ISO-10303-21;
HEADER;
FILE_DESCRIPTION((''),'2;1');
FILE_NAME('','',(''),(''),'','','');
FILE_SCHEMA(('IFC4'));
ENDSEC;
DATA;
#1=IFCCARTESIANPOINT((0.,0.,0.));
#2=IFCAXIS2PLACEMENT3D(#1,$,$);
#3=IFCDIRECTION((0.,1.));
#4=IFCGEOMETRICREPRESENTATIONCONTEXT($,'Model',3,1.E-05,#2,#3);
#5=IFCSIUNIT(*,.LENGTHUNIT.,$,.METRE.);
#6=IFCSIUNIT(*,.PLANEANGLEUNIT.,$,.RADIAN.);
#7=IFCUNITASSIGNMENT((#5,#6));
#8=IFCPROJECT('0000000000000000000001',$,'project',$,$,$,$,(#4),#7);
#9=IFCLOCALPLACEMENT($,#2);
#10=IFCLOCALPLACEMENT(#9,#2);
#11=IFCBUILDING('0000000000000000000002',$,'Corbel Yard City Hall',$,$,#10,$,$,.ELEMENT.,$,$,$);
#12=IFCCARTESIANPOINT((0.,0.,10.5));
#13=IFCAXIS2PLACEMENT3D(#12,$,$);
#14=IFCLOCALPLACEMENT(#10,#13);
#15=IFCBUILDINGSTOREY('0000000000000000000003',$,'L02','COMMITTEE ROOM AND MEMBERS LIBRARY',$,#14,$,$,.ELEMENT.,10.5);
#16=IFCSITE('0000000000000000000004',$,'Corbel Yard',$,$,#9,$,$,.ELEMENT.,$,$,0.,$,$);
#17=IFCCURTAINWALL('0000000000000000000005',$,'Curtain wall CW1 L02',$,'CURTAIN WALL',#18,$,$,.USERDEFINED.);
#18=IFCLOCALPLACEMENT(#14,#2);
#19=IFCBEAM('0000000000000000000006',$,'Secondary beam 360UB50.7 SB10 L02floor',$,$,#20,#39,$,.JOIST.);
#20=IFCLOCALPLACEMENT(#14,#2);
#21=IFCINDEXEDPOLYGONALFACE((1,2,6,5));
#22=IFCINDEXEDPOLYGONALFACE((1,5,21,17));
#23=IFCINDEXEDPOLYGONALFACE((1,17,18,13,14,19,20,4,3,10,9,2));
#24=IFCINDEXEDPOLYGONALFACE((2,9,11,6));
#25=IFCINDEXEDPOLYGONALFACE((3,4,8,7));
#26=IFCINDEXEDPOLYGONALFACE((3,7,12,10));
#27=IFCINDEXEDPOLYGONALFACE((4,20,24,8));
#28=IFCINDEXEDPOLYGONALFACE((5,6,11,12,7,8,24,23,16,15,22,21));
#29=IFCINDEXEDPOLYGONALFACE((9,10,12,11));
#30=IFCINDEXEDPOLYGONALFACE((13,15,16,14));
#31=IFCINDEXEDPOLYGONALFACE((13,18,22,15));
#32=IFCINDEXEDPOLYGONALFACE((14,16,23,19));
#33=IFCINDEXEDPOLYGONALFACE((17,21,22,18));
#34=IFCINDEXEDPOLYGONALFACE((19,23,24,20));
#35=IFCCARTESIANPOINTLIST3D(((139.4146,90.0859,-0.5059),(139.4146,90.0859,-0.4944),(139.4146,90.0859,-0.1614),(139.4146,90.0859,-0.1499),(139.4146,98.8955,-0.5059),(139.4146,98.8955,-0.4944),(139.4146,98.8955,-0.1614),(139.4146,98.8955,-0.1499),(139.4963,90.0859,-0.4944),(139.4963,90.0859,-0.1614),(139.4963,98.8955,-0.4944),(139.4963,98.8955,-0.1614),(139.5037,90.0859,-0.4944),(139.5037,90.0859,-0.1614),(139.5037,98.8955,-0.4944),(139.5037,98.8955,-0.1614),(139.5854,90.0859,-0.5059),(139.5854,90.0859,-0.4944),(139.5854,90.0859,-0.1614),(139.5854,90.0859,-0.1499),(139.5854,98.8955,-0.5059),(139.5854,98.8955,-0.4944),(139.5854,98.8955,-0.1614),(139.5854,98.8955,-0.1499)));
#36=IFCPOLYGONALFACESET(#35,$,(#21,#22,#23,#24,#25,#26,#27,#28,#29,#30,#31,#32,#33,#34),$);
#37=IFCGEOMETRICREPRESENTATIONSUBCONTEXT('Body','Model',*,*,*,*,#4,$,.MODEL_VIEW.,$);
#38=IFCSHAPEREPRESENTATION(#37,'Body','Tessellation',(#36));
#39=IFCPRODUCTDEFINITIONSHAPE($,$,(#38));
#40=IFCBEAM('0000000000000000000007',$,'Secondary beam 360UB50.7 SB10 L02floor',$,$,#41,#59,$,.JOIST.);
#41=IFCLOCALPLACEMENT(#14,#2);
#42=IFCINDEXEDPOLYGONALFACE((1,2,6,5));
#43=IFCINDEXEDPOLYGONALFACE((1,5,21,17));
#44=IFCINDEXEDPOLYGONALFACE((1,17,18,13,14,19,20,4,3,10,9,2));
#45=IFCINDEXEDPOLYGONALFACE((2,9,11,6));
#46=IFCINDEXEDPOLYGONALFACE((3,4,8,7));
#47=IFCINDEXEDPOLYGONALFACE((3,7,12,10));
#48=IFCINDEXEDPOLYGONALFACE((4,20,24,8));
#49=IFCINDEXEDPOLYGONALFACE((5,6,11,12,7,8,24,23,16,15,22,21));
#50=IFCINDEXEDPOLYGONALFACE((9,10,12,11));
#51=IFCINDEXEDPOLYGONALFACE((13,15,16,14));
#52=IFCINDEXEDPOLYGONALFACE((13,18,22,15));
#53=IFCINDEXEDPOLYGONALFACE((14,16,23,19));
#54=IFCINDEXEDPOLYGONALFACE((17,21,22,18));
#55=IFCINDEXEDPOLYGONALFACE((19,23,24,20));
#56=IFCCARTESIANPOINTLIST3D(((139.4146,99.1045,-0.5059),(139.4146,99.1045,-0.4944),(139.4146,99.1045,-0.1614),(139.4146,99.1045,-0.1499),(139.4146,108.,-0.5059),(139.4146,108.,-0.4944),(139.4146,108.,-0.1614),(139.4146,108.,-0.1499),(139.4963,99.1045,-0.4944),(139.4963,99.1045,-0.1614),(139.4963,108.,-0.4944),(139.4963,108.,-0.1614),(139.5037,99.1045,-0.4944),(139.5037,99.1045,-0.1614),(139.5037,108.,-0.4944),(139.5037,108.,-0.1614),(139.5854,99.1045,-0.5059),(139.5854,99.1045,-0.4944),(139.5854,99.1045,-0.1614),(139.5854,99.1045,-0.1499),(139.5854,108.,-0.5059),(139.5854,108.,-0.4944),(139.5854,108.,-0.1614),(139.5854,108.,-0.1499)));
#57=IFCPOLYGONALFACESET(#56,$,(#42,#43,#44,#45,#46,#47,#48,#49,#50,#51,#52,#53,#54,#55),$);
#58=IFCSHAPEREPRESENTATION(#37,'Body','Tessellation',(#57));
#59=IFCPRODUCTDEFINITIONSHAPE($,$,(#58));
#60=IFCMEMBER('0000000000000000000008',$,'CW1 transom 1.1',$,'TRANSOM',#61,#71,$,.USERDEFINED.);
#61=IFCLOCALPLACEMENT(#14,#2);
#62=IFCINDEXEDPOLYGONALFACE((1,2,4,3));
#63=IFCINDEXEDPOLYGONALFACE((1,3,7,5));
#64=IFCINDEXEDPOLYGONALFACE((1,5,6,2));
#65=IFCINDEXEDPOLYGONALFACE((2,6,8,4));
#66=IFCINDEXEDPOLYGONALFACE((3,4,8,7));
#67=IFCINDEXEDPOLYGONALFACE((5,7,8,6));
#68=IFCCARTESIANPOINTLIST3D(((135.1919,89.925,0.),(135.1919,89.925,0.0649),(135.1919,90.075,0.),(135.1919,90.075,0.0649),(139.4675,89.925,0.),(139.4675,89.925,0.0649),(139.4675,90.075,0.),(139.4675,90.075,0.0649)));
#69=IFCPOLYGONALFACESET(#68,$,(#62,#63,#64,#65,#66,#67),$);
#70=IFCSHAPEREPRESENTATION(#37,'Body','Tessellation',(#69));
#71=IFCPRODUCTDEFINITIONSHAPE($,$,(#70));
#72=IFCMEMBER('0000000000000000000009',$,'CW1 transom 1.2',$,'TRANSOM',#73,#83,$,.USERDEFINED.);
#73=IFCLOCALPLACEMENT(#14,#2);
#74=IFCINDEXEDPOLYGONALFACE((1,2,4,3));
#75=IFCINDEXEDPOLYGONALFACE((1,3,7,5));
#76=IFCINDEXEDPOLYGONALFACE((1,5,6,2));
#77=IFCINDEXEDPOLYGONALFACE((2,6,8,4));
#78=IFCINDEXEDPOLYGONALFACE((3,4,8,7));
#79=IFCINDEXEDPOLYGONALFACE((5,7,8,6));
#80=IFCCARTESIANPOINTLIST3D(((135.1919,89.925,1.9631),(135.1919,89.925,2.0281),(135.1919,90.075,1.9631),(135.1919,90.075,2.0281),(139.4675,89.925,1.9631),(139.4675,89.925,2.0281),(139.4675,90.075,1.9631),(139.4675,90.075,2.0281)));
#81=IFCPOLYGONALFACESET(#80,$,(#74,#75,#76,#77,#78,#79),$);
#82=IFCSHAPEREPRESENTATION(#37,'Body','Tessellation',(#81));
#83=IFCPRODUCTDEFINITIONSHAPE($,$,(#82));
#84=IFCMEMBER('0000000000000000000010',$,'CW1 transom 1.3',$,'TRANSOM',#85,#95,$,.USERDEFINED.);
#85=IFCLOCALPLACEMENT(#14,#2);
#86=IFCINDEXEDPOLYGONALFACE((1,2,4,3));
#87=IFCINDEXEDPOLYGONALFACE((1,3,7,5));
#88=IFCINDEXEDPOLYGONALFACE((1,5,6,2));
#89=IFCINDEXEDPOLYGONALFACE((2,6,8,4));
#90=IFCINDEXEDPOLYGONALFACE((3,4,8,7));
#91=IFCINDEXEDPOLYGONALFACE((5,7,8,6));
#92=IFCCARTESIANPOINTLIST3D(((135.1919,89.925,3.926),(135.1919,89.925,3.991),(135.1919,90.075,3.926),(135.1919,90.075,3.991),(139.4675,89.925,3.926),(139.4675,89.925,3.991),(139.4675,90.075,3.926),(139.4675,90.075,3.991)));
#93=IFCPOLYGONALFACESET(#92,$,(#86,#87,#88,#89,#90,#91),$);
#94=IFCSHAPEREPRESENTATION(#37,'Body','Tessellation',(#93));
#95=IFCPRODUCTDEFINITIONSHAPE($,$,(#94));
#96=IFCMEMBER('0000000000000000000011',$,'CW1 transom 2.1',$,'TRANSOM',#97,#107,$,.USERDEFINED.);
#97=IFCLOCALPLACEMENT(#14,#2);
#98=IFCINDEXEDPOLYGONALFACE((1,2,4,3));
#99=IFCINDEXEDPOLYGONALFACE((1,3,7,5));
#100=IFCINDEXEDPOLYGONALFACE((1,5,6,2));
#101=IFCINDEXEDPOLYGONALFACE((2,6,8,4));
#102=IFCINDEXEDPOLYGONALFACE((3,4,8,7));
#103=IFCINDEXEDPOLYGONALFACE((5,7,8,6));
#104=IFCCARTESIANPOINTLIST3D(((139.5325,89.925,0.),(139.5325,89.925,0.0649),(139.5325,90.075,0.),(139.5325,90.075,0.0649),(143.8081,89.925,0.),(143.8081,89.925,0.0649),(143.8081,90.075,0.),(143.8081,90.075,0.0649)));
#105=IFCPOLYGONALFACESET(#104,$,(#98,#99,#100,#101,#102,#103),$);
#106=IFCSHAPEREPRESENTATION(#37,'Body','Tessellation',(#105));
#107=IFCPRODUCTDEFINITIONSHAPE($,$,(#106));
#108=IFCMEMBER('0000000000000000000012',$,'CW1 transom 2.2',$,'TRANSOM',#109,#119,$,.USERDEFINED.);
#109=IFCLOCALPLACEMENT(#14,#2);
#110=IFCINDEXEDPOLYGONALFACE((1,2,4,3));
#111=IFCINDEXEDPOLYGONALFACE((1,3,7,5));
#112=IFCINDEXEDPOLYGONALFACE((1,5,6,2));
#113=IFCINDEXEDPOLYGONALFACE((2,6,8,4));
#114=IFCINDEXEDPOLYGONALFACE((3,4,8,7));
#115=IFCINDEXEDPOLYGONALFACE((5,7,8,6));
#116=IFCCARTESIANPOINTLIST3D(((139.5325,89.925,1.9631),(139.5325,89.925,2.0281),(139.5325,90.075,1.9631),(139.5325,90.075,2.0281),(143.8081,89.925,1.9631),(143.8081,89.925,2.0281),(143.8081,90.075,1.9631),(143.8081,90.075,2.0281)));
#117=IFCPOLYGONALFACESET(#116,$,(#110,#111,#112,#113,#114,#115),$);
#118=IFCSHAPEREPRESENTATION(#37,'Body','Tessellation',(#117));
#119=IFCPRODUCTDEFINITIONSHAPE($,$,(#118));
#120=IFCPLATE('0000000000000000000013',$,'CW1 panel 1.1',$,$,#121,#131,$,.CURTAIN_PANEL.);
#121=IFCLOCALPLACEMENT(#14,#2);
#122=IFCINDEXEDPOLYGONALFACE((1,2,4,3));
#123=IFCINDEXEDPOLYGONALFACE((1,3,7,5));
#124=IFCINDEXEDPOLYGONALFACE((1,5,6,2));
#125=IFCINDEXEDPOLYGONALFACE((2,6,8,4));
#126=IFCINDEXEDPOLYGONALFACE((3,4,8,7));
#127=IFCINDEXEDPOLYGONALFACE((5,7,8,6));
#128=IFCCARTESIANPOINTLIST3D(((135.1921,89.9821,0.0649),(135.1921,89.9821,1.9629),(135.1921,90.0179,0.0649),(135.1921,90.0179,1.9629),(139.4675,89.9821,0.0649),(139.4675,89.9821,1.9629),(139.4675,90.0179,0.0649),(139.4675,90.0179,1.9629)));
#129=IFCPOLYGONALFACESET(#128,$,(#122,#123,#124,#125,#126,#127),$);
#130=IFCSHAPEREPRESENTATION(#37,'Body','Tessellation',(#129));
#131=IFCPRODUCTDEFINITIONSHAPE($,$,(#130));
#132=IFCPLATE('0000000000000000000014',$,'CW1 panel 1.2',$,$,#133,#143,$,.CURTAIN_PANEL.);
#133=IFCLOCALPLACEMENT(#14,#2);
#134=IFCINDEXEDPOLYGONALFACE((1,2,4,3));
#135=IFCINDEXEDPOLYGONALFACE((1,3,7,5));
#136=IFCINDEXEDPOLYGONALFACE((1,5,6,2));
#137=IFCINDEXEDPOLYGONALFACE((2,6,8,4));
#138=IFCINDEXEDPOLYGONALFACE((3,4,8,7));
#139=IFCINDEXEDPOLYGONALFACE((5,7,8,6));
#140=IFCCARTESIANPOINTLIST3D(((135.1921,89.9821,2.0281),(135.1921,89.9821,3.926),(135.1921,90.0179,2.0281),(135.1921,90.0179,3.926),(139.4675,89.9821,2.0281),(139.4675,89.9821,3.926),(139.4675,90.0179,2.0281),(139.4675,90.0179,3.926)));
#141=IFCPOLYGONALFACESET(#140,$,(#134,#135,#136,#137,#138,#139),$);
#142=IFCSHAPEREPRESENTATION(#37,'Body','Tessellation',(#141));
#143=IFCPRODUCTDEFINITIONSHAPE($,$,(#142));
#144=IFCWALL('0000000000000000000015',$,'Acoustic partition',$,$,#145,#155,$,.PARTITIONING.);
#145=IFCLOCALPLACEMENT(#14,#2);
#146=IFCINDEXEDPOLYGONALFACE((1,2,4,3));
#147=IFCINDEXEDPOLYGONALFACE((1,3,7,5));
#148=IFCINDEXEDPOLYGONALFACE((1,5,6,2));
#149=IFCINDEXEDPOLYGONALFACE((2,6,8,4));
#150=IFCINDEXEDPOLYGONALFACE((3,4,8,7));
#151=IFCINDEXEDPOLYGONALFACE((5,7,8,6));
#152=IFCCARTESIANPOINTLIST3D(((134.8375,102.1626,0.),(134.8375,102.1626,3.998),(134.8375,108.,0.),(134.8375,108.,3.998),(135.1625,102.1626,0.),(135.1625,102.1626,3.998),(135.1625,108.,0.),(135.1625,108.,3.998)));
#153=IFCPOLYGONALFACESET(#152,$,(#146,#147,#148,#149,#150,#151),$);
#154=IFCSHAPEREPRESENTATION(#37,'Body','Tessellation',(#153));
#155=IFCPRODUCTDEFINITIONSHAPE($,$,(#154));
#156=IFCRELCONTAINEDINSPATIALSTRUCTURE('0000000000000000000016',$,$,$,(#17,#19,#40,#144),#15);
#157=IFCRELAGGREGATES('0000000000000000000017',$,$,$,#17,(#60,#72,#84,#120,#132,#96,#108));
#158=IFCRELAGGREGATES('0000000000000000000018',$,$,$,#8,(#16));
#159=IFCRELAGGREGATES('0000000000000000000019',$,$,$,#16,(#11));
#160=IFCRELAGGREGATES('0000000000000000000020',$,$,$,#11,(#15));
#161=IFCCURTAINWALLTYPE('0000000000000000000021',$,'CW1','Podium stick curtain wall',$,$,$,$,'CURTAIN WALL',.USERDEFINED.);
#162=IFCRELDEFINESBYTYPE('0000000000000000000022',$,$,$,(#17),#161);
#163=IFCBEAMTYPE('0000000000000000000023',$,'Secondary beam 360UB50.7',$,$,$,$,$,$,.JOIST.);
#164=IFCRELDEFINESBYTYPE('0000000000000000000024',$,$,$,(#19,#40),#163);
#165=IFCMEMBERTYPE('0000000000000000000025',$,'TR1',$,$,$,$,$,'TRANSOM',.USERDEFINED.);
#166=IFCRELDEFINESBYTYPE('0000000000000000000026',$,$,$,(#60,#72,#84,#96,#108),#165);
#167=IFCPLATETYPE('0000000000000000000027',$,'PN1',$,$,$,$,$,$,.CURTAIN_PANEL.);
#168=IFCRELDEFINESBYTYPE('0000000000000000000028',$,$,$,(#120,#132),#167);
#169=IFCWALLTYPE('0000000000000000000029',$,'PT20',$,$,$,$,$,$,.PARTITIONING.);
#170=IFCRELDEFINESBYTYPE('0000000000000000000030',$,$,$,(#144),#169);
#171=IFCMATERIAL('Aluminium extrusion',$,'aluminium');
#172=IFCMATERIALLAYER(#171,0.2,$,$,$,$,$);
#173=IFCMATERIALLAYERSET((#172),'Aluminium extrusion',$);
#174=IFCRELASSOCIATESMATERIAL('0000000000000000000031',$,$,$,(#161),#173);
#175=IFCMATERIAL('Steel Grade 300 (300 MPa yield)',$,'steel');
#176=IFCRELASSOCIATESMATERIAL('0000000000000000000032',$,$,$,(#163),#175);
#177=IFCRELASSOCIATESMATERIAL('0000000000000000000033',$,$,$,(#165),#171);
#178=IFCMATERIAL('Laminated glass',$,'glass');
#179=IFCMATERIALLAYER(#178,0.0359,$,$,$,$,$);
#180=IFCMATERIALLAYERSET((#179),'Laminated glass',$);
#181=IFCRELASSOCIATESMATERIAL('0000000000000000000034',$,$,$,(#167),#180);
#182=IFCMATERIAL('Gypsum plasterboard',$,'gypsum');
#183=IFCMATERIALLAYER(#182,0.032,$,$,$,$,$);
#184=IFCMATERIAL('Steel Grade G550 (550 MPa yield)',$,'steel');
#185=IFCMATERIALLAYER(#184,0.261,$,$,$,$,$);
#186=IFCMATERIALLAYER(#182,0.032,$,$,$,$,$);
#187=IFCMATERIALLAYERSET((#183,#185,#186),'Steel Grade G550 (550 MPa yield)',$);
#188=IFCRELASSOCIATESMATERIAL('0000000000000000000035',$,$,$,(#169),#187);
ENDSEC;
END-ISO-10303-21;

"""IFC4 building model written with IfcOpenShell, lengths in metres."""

from ifc_helpers import new_model, si_unit, direction, frame, frame_2d, origin, origin_2d, place, context, subcontext, project, spatial, rectangle, i_section, extrude, material, layer, layer_set, material_profile, profile_set, type_object, element, aggregate, save


model = new_model("IFC4")

# Units and contexts
model_context = context("Model", 3, precision=1e-05, world=origin(), true_north=direction((0.0, 1.0)))
body_context = subcontext(model_context, "Body", "Model", "MODEL_VIEW")
ifc_project = project(units=[si_unit("LENGTHUNIT", "METRE"), si_unit("PLANEANGLEUNIT", "RADIAN")], contexts=[model_context])

# Site, building, storey
site_placement = place(None, origin())
site = spatial("IfcSite", under=ifc_project, at=site_placement, Name="Corbel Yard", CompositionType="ELEMENT", RefElevation=0.0)
building_placement = place(site_placement, origin())
building = spatial("IfcBuilding", under=site, at=building_placement, Name="Corbel Yard City Hall", CompositionType="ELEMENT")
storey_placement = place(building_placement, frame((0.0, 0.0, 10.5)))
storey = spatial("IfcBuildingStorey", under=building, at=storey_placement, Name="L02", Description="COMMITTEE ROOM AND MEMBERS LIBRARY", CompositionType="ELEMENT", Elevation=10.5)

# Shared definitions
ifc_material_1 = material(Name="Steel Grade 300 (300 MPa yield)", Category="steel")

# Shared definitions
ifc_material_2 = material(Name="Aluminium extrusion", Category="aluminium")
ifc_layer_1 = layer(ifc_material_2, 0.2)
ifc_layer_set_1 = layer_set([ifc_layer_1], Name="Aluminium extrusion")
curtain_wall_type = type_object("IfcCurtainWallType", Name="CW1", Description="Podium stick curtain wall", ElementType="CURTAIN WALL", PredefinedType="USERDEFINED", material=ifc_layer_set_1)

# Curtain wall
curtain_wall_1_placement = place(storey_placement, origin())
curtain_wall_1 = element("IfcCurtainWall", 1, at=curtain_wall_1_placement, inside=storey, type_object=curtain_wall_type, Name="Curtain wall CW1 L02", ObjectType="CURTAIN WALL", PredefinedType="USERDEFINED")

# Beams
ifc_material_profile_1 = material_profile(ifc_material_1, i_section(OverallWidth=0.1709, OverallDepth=0.356, WebThickness=0.0073, FlangeThickness=0.0115, at=origin_2d()), Name="360UB50.7")
ifc_profile_set_1 = profile_set([ifc_material_profile_1], Name="Steel Grade 300 (300 MPa yield)")
beam_type_1 = type_object("IfcBeamType", Name="Secondary beam 360UB50.7", PredefinedType="JOIST", material=ifc_profile_set_1)
beam_1_placement = place(storey_placement, frame((139.5, 90.0859, -0.3279), z_axis=(0.0, 1.0, 0.0), x_axis=(-1.0, 0.0, 0.0)))
element("IfcBeam", 2, at=beam_1_placement, inside=storey, type_object=beam_type_1, Name="Secondary beam 360UB50.7 SB10 L02floor", PredefinedType="JOIST", context=body_context, shape_type="SweptSolid", body=[
    extrude(i_section(OverallWidth=0.1709, OverallDepth=0.356, WebThickness=0.0073, FlangeThickness=0.0115, at=origin_2d()), origin(), (0.0, 0.0, 1.0), 8.8096),
])
beam_2_placement = place(storey_placement, frame((139.5, 99.1045, -0.3279), z_axis=(0.0, 1.0, 0.0), x_axis=(-1.0, 0.0, 0.0)))
element("IfcBeam", 3, at=beam_2_placement, inside=storey, type_object=beam_type_1, Name="Secondary beam 360UB50.7 SB10 L02floor", PredefinedType="JOIST", context=body_context, shape_type="SweptSolid", body=[
    extrude(i_section(OverallWidth=0.1709, OverallDepth=0.356, WebThickness=0.0073, FlangeThickness=0.0115, at=origin_2d()), origin(), (0.0, 0.0, 1.0), 8.8955),
])

# Members
ifc_material_profile_2 = material_profile(ifc_material_2, rectangle(XDim=0.1499, YDim=0.0649, at=origin_2d()), Name="150x65")
ifc_profile_set_2 = profile_set([ifc_material_profile_2], Name="Aluminium extrusion")
member_type_1 = type_object("IfcMemberType", Name="TR1", ElementType="TRANSOM", PredefinedType="USERDEFINED", material=ifc_profile_set_2)
member_1_placement = place(storey_placement, frame((135.1919, 90.0, 0.0325), z_axis=(1.0, 0.0, 0.0), x_axis=(0.0, 1.0, 0.0)))
member_1 = element("IfcMember", 4, at=member_1_placement, type_object=member_type_1, Name="CW1 transom 1.1", ObjectType="TRANSOM", PredefinedType="USERDEFINED", context=body_context, shape_type="SweptSolid", body=[
    extrude(rectangle(XDim=0.1499, YDim=0.0649, at=origin_2d()), origin(), (0.0, 0.0, 1.0), 4.2756),
])
member_2_placement = place(storey_placement, frame((135.1919, 90.0, 1.9956), z_axis=(1.0, 0.0, 0.0), x_axis=(0.0, 1.0, 0.0)))
member_2 = element("IfcMember", 5, at=member_2_placement, type_object=member_type_1, Name="CW1 transom 1.2", ObjectType="TRANSOM", PredefinedType="USERDEFINED", context=body_context, shape_type="SweptSolid", body=[
    extrude(rectangle(XDim=0.1499, YDim=0.0649, at=origin_2d()), origin(), (0.0, 0.0, 1.0), 4.2756),
])
member_3_placement = place(storey_placement, frame((135.1919, 90.0, 3.9585), z_axis=(1.0, 0.0, 0.0), x_axis=(0.0, 1.0, 0.0)))
member_3 = element("IfcMember", 6, at=member_3_placement, type_object=member_type_1, Name="CW1 transom 1.3", ObjectType="TRANSOM", PredefinedType="USERDEFINED", context=body_context, shape_type="SweptSolid", body=[
    extrude(rectangle(XDim=0.1499, YDim=0.0649, at=origin_2d()), origin(), (0.0, 0.0, 1.0), 4.2756),
])
member_4_placement = place(storey_placement, frame((139.5325, 90.0, 0.0325), z_axis=(1.0, 0.0, 0.0), x_axis=(0.0, 1.0, 0.0)))
member_4 = element("IfcMember", 7, at=member_4_placement, type_object=member_type_1, Name="CW1 transom 2.1", ObjectType="TRANSOM", PredefinedType="USERDEFINED", context=body_context, shape_type="SweptSolid", body=[
    extrude(rectangle(XDim=0.1499, YDim=0.0649, at=origin_2d()), origin(), (0.0, 0.0, 1.0), 4.2756),
])
member_5_placement = place(storey_placement, frame((139.5325, 90.0, 1.9956), z_axis=(1.0, 0.0, 0.0), x_axis=(0.0, 1.0, 0.0)))
member_5 = element("IfcMember", 8, at=member_5_placement, type_object=member_type_1, Name="CW1 transom 2.2", ObjectType="TRANSOM", PredefinedType="USERDEFINED", context=body_context, shape_type="SweptSolid", body=[
    extrude(rectangle(XDim=0.1499, YDim=0.0649, at=origin_2d()), origin(), (0.0, 0.0, 1.0), 4.2756),
])

# Plates
ifc_material_3 = material(Name="Laminated glass", Category="glass")
ifc_layer_2 = layer(ifc_material_3, 0.0359)
ifc_layer_set_2 = layer_set([ifc_layer_2], Name="Laminated glass")
plate_type = type_object("IfcPlateType", Name="PN1", PredefinedType="CURTAIN_PANEL", material=ifc_layer_set_2)
plate_1_placement = place(storey_placement, frame((137.3298, 90.0, 0.0649), z_axis=(0.0, 0.0, 1.0), x_axis=(1.0, 0.0, 0.0)))
plate_1 = element("IfcPlate", 9, at=plate_1_placement, type_object=plate_type, Name="CW1 panel 1.1", PredefinedType="CURTAIN_PANEL", context=body_context, shape_type="SweptSolid", body=[
    extrude(rectangle(XDim=4.2754, YDim=0.0359, at=origin_2d()), origin(), (0.0, 0.0, 1.0), 1.8979),
])
plate_2_placement = place(storey_placement, frame((137.3298, 90.0, 2.0281), z_axis=(0.0, 0.0, 1.0), x_axis=(1.0, 0.0, 0.0)))
plate_2 = element("IfcPlate", 10, at=plate_2_placement, type_object=plate_type, Name="CW1 panel 1.2", PredefinedType="CURTAIN_PANEL", context=body_context, shape_type="SweptSolid", body=[
    extrude(rectangle(XDim=4.2754, YDim=0.0359, at=origin_2d()), origin(), (0.0, 0.0, 1.0), 1.8979),
])
aggregate(curtain_wall_1, [member_1, member_2, member_3, plate_1, plate_2, member_4, member_5])

# Shared definitions
ifc_material_4 = material(Name="Gypsum plasterboard", Category="gypsum")
ifc_layer_3 = layer(ifc_material_4, 0.032)
ifc_material_5 = material(Name="Steel Grade G550 (550 MPa yield)", Category="steel")
ifc_layer_4 = layer(ifc_material_5, 0.261)
ifc_layer_5 = layer(ifc_material_4, 0.032)
ifc_layer_set_3 = layer_set([ifc_layer_3, ifc_layer_4, ifc_layer_5], Name="Steel Grade G550 (550 MPa yield)")
wall_type = type_object("IfcWallType", Name="PT20", PredefinedType="PARTITIONING", material=ifc_layer_set_3)

# Wall
wall_1_placement = place(storey_placement, frame((135.0, 102.1626, 0.0), z_axis=(0.0, 0.0, 1.0), x_axis=(0.0, 1.0, 0.0)))
element("IfcWall", 11, at=wall_1_placement, inside=storey, type_object=wall_type, Name="Acoustic partition", PredefinedType="PARTITIONING", context=body_context, shape_type="SweptSolid", body=[
    extrude(rectangle(XDim=5.8374, YDim=0.325, at=frame_2d((2.9187, 0.0))), origin(), (0.0, 0.0, 1.0), 3.998),
])

save(model, "model.ifc")
